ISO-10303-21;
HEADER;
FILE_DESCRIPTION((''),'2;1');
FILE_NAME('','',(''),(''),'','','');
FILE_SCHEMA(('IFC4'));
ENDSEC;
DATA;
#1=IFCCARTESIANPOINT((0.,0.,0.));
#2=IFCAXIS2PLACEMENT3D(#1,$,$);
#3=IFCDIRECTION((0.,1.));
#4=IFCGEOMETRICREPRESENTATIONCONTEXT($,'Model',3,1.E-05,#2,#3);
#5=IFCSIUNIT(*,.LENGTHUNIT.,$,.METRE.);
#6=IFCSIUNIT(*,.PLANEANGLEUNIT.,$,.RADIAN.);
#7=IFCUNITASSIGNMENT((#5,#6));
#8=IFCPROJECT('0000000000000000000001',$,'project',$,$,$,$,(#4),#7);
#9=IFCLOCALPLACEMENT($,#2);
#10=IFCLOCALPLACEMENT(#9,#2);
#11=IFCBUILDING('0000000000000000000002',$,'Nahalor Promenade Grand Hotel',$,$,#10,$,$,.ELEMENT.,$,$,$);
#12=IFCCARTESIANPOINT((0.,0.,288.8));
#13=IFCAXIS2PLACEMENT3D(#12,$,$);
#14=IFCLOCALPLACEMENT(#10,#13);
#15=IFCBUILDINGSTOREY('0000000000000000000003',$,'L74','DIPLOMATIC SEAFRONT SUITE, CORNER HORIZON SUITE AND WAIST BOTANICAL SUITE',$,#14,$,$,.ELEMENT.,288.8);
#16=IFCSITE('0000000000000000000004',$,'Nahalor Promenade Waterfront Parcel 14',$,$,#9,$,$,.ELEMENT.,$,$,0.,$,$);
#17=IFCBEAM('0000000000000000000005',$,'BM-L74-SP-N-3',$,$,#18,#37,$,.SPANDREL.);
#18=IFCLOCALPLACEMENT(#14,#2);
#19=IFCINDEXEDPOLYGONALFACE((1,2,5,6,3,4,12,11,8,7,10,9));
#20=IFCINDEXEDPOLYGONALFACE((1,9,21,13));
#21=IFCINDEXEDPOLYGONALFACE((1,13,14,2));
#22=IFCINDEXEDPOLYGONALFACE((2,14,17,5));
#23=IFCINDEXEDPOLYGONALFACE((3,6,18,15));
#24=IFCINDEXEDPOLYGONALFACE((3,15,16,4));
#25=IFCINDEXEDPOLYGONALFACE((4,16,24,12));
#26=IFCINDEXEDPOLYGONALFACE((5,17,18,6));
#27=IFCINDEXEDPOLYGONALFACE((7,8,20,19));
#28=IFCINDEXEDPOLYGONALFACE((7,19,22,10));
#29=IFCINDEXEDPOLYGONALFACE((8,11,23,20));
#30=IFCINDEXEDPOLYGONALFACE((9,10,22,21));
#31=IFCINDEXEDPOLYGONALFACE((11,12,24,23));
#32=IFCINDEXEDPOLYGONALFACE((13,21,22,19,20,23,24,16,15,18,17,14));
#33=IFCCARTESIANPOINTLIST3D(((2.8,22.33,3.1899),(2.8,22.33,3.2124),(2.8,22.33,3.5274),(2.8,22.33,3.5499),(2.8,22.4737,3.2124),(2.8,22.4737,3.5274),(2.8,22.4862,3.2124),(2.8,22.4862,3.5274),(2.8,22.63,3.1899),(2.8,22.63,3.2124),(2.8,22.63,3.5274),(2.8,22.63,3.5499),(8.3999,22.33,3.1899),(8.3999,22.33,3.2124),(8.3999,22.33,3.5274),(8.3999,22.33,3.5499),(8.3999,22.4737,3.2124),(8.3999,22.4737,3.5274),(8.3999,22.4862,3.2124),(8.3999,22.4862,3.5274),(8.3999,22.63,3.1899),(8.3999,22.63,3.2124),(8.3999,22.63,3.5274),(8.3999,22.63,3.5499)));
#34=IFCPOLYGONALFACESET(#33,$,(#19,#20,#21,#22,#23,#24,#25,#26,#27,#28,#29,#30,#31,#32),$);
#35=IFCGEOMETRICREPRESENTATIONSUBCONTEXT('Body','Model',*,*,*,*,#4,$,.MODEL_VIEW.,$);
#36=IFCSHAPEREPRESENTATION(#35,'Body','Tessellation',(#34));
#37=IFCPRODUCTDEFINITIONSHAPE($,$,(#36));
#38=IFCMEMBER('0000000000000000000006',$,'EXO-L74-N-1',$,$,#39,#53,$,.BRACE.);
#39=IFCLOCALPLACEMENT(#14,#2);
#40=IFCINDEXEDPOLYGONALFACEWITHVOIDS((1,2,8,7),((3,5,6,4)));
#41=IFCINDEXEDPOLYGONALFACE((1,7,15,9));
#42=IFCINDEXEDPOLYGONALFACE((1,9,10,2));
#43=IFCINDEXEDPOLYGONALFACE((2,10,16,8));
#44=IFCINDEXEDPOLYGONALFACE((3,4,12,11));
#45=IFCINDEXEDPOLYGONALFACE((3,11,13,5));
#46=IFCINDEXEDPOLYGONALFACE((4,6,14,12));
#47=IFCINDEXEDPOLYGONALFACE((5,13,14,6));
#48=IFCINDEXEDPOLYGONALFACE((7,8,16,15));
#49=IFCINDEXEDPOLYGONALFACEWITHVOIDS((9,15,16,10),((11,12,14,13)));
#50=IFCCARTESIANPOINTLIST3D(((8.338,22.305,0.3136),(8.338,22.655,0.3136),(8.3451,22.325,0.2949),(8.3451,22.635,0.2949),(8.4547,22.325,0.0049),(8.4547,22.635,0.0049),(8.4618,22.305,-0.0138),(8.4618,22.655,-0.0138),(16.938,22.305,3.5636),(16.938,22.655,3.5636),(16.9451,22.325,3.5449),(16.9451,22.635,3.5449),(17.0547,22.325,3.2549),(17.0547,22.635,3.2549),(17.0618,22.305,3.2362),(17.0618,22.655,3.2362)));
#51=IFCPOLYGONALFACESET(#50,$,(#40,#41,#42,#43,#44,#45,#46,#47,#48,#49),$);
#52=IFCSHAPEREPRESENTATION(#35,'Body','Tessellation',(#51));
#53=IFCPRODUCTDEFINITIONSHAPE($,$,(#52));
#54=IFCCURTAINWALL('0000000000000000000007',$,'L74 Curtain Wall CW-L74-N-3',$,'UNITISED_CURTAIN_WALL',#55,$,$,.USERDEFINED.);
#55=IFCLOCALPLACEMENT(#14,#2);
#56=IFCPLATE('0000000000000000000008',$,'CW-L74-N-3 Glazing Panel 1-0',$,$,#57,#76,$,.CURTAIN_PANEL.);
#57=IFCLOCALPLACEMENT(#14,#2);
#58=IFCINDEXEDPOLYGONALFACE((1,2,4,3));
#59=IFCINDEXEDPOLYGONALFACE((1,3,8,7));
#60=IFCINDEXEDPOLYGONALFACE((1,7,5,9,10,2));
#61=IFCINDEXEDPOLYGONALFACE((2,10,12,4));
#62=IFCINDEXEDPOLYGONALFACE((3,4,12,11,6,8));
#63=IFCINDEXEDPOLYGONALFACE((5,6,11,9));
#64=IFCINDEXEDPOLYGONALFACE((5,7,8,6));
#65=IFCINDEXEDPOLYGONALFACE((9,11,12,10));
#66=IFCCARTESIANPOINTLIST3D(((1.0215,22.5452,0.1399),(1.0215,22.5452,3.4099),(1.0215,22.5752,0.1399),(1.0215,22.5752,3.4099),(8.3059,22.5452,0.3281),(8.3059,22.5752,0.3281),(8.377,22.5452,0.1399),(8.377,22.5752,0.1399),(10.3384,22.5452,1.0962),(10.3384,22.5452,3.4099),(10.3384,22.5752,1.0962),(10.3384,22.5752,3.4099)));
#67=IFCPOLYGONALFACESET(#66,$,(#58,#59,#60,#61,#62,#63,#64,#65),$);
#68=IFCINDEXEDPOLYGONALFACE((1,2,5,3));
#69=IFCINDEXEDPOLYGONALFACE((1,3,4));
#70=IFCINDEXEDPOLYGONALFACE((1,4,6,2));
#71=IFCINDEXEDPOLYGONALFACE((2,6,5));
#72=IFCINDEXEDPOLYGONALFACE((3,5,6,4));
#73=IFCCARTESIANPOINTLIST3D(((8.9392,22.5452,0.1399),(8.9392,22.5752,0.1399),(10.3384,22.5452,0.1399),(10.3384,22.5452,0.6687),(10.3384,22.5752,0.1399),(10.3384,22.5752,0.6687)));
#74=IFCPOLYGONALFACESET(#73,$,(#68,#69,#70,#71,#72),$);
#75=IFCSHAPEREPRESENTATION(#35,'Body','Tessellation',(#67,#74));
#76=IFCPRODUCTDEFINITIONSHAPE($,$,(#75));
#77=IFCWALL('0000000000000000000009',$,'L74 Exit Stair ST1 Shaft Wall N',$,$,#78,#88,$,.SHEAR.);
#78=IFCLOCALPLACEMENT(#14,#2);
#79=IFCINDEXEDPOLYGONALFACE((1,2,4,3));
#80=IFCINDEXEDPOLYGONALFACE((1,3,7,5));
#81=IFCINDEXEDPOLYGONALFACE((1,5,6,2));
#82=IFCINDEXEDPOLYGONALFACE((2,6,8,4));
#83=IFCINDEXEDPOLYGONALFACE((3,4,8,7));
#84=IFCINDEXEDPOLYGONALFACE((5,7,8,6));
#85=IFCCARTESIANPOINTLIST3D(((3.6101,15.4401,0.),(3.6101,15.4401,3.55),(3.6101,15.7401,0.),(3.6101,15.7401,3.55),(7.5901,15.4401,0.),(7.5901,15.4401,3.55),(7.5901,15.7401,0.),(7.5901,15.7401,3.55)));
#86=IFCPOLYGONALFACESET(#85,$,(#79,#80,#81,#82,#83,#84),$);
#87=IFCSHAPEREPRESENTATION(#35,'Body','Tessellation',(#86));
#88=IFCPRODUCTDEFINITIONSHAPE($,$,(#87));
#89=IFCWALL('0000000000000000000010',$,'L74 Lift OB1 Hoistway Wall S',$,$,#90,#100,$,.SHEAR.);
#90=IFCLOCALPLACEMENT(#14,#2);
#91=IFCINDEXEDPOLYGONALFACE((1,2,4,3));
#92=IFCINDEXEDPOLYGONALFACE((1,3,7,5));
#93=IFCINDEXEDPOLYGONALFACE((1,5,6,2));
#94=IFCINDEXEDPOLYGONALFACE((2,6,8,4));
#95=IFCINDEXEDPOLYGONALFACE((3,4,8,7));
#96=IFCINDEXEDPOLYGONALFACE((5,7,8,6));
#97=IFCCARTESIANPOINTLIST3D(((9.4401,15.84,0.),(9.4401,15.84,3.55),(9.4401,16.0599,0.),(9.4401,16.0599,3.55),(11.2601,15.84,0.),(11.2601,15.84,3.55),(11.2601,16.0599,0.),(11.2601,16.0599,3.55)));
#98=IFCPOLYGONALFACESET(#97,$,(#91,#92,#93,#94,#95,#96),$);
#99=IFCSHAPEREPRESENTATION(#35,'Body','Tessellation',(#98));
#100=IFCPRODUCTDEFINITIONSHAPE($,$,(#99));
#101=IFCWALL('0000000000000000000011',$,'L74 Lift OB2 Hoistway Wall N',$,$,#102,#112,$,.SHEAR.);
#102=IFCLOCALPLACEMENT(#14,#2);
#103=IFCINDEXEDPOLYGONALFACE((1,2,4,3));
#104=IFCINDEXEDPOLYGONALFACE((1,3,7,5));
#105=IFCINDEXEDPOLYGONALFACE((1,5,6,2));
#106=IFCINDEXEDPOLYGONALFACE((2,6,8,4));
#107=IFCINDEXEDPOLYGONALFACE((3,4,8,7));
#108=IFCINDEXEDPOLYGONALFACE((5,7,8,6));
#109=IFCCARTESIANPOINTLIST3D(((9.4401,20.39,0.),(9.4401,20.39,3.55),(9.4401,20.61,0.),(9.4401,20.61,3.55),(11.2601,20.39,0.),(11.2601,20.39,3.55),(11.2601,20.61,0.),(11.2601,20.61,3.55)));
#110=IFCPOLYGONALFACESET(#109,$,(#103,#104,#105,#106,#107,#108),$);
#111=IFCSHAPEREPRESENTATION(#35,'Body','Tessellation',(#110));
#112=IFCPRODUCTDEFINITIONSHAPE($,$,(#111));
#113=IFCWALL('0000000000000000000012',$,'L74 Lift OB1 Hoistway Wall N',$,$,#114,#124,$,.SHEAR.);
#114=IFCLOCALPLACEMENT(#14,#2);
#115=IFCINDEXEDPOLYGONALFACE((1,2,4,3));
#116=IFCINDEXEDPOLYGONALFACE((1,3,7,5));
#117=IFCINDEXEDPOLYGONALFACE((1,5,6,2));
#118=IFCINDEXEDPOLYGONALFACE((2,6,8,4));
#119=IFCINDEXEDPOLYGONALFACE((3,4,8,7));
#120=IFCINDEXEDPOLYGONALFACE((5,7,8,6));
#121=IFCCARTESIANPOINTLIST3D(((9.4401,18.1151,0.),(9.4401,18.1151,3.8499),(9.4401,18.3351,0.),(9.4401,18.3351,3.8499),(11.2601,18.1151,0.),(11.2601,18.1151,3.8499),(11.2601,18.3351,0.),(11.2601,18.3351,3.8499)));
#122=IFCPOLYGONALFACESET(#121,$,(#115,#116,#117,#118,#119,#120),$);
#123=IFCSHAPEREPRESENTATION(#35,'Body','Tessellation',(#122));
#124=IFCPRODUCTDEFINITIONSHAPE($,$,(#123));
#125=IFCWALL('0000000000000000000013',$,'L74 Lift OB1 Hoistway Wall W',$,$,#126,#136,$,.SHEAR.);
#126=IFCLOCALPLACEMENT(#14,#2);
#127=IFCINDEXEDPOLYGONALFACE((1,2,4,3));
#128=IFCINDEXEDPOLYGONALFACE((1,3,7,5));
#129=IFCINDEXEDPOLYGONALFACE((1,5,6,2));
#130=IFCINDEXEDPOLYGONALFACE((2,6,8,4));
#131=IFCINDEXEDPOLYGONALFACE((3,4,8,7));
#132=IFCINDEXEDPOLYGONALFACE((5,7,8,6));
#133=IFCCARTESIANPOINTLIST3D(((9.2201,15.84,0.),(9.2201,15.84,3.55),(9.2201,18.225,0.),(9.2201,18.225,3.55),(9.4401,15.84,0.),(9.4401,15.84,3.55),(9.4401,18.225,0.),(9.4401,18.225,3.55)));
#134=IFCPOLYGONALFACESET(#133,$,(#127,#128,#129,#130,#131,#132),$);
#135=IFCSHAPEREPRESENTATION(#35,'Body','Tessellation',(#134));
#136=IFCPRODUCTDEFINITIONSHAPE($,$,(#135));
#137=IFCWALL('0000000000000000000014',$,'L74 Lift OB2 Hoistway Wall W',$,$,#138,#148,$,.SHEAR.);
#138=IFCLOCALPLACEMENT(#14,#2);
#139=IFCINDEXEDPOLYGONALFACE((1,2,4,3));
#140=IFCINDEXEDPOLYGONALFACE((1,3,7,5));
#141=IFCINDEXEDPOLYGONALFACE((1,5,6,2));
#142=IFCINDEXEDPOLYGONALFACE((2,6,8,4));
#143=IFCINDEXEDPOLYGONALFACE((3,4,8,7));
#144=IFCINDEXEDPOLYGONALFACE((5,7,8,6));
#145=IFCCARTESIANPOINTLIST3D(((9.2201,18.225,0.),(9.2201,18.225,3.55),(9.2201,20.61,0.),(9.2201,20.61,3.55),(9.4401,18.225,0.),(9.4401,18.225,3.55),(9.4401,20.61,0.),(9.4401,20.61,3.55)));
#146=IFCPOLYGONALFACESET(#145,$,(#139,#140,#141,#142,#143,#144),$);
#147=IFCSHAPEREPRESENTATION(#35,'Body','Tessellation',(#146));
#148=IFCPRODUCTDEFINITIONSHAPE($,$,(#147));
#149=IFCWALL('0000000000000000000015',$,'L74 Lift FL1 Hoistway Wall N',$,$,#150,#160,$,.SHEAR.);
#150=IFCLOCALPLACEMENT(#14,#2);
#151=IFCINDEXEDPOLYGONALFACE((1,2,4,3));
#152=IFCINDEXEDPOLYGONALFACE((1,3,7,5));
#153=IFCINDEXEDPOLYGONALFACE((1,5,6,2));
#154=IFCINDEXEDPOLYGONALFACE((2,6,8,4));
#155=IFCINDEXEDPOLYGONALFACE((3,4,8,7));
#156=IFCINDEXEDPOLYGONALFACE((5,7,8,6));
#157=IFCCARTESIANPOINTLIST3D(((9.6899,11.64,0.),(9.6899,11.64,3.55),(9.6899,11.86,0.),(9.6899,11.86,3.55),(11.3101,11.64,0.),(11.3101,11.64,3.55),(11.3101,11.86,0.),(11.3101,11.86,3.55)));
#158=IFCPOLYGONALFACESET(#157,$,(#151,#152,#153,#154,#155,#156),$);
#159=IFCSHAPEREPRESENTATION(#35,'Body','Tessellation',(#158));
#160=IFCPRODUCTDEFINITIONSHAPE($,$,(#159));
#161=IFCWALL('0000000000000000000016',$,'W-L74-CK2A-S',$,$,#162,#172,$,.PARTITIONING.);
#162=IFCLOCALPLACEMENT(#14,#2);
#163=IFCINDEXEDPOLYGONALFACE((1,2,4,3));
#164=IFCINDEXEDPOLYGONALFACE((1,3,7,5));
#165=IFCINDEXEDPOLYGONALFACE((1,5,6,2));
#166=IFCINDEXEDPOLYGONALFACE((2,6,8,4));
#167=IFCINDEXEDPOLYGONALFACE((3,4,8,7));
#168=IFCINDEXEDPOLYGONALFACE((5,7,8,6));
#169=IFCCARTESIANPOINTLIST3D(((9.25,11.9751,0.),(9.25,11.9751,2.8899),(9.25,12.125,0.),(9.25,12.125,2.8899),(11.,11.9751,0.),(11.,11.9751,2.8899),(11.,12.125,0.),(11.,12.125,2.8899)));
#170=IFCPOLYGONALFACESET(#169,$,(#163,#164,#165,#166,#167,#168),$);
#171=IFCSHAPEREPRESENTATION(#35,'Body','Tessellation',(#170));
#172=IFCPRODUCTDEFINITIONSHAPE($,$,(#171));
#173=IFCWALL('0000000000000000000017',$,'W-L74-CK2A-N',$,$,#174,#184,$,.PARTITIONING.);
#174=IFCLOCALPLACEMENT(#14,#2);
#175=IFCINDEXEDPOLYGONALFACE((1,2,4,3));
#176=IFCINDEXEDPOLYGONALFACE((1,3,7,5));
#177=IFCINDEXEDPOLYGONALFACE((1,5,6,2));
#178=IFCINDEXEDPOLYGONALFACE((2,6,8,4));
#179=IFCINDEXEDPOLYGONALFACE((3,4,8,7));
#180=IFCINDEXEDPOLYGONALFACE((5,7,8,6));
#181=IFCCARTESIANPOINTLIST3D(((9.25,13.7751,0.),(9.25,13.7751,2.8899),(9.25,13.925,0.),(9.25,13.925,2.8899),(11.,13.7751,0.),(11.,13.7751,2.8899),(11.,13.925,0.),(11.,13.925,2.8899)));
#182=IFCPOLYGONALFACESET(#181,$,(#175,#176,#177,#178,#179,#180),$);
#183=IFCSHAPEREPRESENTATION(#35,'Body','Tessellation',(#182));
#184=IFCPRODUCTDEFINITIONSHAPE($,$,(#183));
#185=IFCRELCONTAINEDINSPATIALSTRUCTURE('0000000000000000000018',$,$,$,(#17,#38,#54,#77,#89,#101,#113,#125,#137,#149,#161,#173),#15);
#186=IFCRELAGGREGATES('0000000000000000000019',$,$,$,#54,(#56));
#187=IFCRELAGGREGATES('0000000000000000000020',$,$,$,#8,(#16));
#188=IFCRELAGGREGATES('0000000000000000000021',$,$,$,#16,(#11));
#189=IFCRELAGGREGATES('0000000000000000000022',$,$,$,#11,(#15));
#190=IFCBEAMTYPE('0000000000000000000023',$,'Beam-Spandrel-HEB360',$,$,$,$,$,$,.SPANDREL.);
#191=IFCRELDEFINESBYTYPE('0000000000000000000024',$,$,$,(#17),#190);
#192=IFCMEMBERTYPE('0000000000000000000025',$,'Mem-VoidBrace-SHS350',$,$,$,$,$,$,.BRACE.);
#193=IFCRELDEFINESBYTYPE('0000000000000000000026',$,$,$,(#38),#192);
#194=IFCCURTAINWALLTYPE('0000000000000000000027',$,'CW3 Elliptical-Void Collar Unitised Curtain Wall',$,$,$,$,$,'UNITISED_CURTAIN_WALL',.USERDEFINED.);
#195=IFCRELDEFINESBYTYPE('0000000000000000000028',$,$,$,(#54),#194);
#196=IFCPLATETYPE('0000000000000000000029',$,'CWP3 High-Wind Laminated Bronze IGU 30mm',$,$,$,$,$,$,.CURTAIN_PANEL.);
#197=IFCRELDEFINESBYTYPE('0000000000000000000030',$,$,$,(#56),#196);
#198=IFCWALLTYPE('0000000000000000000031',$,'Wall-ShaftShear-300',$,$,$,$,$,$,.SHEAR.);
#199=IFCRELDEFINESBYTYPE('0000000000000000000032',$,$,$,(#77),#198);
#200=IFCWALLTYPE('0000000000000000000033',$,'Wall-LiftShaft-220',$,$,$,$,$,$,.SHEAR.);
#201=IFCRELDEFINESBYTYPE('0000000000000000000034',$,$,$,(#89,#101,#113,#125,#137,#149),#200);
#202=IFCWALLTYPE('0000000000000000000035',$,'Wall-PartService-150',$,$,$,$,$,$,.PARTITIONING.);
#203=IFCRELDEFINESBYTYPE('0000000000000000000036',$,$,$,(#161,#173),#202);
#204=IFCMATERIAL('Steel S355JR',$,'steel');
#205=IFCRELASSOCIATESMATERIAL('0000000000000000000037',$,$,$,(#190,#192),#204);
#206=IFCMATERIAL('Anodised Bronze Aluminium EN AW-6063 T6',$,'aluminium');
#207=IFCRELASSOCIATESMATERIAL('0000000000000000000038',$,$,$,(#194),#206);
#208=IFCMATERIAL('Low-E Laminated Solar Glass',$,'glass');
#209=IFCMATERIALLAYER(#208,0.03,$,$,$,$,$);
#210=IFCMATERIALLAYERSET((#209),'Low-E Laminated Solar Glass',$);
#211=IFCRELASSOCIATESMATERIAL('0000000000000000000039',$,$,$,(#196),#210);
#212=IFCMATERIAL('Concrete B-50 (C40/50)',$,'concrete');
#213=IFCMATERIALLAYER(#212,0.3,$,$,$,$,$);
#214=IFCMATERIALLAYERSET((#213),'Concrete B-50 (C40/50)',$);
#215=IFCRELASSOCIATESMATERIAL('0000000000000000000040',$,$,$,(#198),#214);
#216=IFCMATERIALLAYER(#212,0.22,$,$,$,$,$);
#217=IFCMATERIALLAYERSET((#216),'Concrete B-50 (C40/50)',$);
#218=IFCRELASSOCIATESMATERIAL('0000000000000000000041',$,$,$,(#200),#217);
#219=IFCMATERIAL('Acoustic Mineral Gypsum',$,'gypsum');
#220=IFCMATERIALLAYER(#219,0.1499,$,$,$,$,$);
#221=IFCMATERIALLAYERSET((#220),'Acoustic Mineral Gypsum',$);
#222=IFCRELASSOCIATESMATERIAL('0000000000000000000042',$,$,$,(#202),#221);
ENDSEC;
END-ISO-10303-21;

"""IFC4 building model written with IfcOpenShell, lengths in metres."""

from ifc_helpers import new_model, si_unit, direction, frame, frame_2d, origin, origin_2d, place, context, subcontext, project, spatial, polyline, rectangle, hollow_rectangle, i_section, outline, extrude, source, transform, mapped, material, layer, layer_set, material_profile, profile_set, type_object, element, aggregate, save


model = new_model("IFC4")

# Units and contexts
model_context = context("Model", 3, precision=1e-05, world=origin(), true_north=direction((0.0, 1.0)))
body_context = subcontext(model_context, "Body", "Model", "MODEL_VIEW")
ifc_project = project(units=[si_unit("LENGTHUNIT", "METRE"), si_unit("PLANEANGLEUNIT", "RADIAN")], contexts=[model_context])

# Site, building, storey
site_placement = place(None, origin())
site = spatial("IfcSite", under=ifc_project, at=site_placement, Name="Nahalor Promenade Waterfront Parcel 14", CompositionType="ELEMENT", RefElevation=0.0)
building_placement = place(site_placement, origin())
building = spatial("IfcBuilding", under=site, at=building_placement, Name="Nahalor Promenade Grand Hotel", CompositionType="ELEMENT")
storey_placement = place(building_placement, frame((0.0, 0.0, 288.8)))
storey = spatial("IfcBuildingStorey", under=building, at=storey_placement, Name="L74", Description="DIPLOMATIC SEAFRONT SUITE, CORNER HORIZON SUITE AND WAIST BOTANICAL SUITE", CompositionType="ELEMENT", Elevation=288.8)

# Shared definitions
ifc_material_1 = material(Name="Concrete B-50 (C40/50)", Category="concrete")
ifc_material_2 = material(Name="Steel S355JR", Category="steel")

# Beam
ifc_material_profile_1 = material_profile(ifc_material_2, i_section(OverallWidth=0.3, OverallDepth=0.36, WebThickness=0.0125, FlangeThickness=0.0225, at=origin_2d()), Name="HEB 360")
ifc_profile_set_1 = profile_set([ifc_material_profile_1], Name="Steel S355JR")
beam_type_1 = type_object("IfcBeamType", Name="Beam-Spandrel-HEB360", PredefinedType="SPANDREL", material=ifc_profile_set_1)
shared_shape_1 = source(origin(), body_context, "Body", "SweptSolid", [
    extrude(i_section(OverallWidth=0.3, OverallDepth=0.36, WebThickness=0.0125, FlangeThickness=0.0225, at=origin_2d()), origin(), (0.0, 0.0, 1.0), 5.5999),
])
beam_1_placement = place(storey_placement, frame((2.8, 22.48, 3.3699), z_axis=(1.0, 0.0, 0.0), x_axis=(0.0, 1.0, 0.0)))
element("IfcBeam", 1, at=beam_1_placement, inside=storey, type_object=beam_type_1, Name="BM-L74-SP-N-3", PredefinedType="SPANDREL", context=body_context, shape_type="MappedRepresentation", body=[
    mapped(shared_shape_1, transform((0.0, 0.0, 0.0), scale=1.0)),
])

# Member
ifc_material_profile_2 = material_profile(ifc_material_2, hollow_rectangle(XDim=0.35, YDim=0.35, WallThickness=0.02, at=origin_2d()), Name="SHS 350x350x20")
ifc_profile_set_2 = profile_set([ifc_material_profile_2], Name="Steel S355JR")
member_type = type_object("IfcMemberType", Name="Mem-VoidBrace-SHS350", PredefinedType="BRACE", material=ifc_profile_set_2)
shared_shape_2 = source(origin(), body_context, "Body", "SweptSolid", [
    extrude(hollow_rectangle(XDim=0.35, YDim=0.35, WallThickness=0.02, at=origin_2d()), origin(), (0.0, 0.0, 1.0), 9.1936),
])
member_placement = place(storey_placement, frame((8.3999, 22.48, 0.1499), z_axis=(0.935433, 0.0, 0.353503), x_axis=(0.0, 1.0, 0.0)))
element("IfcMember", 2, at=member_placement, inside=storey, type_object=member_type, Name="EXO-L74-N-1", PredefinedType="BRACE", context=body_context, shape_type="MappedRepresentation", body=[
    mapped(shared_shape_2, transform((0.0, 0.0, 0.0), scale=1.0)),
])

# Curtain wall, plate
ifc_material_3 = material(Name="Anodised Bronze Aluminium EN AW-6063 T6", Category="aluminium")
curtain_wall_type = type_object("IfcCurtainWallType", Name="CW3 Elliptical-Void Collar Unitised Curtain Wall", ElementType="UNITISED_CURTAIN_WALL", PredefinedType="USERDEFINED", material=ifc_material_3)
curtain_wall_placement = place(storey_placement, origin())
curtain_wall = element("IfcCurtainWall", 3, at=curtain_wall_placement, inside=storey, type_object=curtain_wall_type, Name="L74 Curtain Wall CW-L74-N-3", ObjectType="UNITISED_CURTAIN_WALL", PredefinedType="USERDEFINED")
ifc_material_4 = material(Name="Low-E Laminated Solar Glass", Category="glass")
ifc_layer_1 = layer(ifc_material_4, 0.03)
ifc_layer_set_1 = layer_set([ifc_layer_1], Name="Low-E Laminated Solar Glass")
plate_type = type_object("IfcPlateType", Name="CWP3 High-Wind Laminated Bronze IGU 30mm", PredefinedType="CURTAIN_PANEL", material=ifc_layer_set_1)
plate_placement = place(storey_placement, frame((5.6799, 22.5601, 0.1399), z_axis=(0.0, 0.0, 1.0), x_axis=(1.0, 0.0, 0.0)))
plate = element("IfcPlate", 4, at=plate_placement, type_object=plate_type, Name="CW-L74-N-3 Glazing Panel 1-0", PredefinedType="CURTAIN_PANEL", context=body_context, shape_type="SweptSolid", body=[
    extrude(outline(polyline([(-4.6584, 3.27), (-4.6584, 0.0), (2.697, 0.0), (2.626, 0.1882), (4.6584, 0.9563), (4.6584, 3.27), (-4.6584, 3.27)])), frame((0.0, 0.0151, 0.0), z_axis=(0.0, -1.0, 0.0), x_axis=(1.0, 0.0, 0.0)), (0.0, 0.0, 1.0), 0.03),
    extrude(outline(polyline([(3.2593, 0.0), (4.6584, 0.0), (4.6584, 0.5288), (3.2593, 0.0)])), frame((0.0, 0.0151, 0.0), z_axis=(0.0, -1.0, 0.0), x_axis=(1.0, 0.0, 0.0)), (0.0, 0.0, 1.0), 0.03),
])
aggregate(curtain_wall, [plate])

# Walls
ifc_layer_2 = layer(ifc_material_1, 0.3)
ifc_layer_set_2 = layer_set([ifc_layer_2], Name="Concrete B-50 (C40/50)")
wall_type_1 = type_object("IfcWallType", Name="Wall-ShaftShear-300", PredefinedType="SHEAR", material=ifc_layer_set_2)
shared_shape_3 = source(origin(), body_context, "Body", "SweptSolid", [
    extrude(rectangle(XDim=3.98, YDim=0.3, at=frame_2d((1.99, 0.0))), origin(), (0.0, 0.0, 1.0), 3.55),
])
wall_1_placement = place(storey_placement, frame((3.6101, 15.5901, 0.0), z_axis=(0.0, 0.0, 1.0), x_axis=(1.0, 0.0, 0.0)))
element("IfcWall", 5, at=wall_1_placement, inside=storey, type_object=wall_type_1, Name="L74 Exit Stair ST1 Shaft Wall N", PredefinedType="SHEAR", context=body_context, shape_type="MappedRepresentation", body=[
    mapped(shared_shape_3, transform((0.0, 0.0, 0.0), scale=1.0)),
])
ifc_layer_3 = layer(ifc_material_1, 0.22)
ifc_layer_set_3 = layer_set([ifc_layer_3], Name="Concrete B-50 (C40/50)")
wall_type_2 = type_object("IfcWallType", Name="Wall-LiftShaft-220", PredefinedType="SHEAR", material=ifc_layer_set_3)
shared_shape_4 = source(origin(), body_context, "Body", "SweptSolid", [
    extrude(rectangle(XDim=1.8201, YDim=0.22, at=frame_2d((0.9102, 0.0))), origin(), (0.0, 0.0, 1.0), 3.55),
])
for number, where, z_axis, x_axis, name in (
    (6, (9.4399, 15.95, 0.0), (0.0, 0.0, 1.0), (1.0, 0.0, 0.0), "L74 Lift OB1 Hoistway Wall S"),
    (7, (9.4399, 20.5, 0.0), (0.0, 0.0, 1.0), (1.0, 0.0, 0.0), "L74 Lift OB2 Hoistway Wall N"),
):
    element("IfcWall", number, at=place(storey_placement, frame(where, z_axis=z_axis, x_axis=x_axis)), inside=storey, type_object=wall_type_2, Name=name, PredefinedType="SHEAR", context=body_context, shape_type="MappedRepresentation", body=[
        mapped(shared_shape_4, transform((0.0, 0.0, 0.0), scale=1.0)),
    ])
shared_shape_5 = source(origin(), body_context, "Body", "SweptSolid", [
    extrude(rectangle(XDim=1.8201, YDim=0.22, at=frame_2d((0.9102, 0.0))), origin(), (0.0, 0.0, 1.0), 3.8499),
])
wall_2_placement = place(storey_placement, frame((9.4399, 18.2251, 0.0), z_axis=(0.0, 0.0, 1.0), x_axis=(1.0, 0.0, 0.0)))
element("IfcWall", 8, at=wall_2_placement, inside=storey, type_object=wall_type_2, Name="L74 Lift OB1 Hoistway Wall N", PredefinedType="SHEAR", context=body_context, shape_type="MappedRepresentation", body=[
    mapped(shared_shape_5, transform((0.0, 0.0, 0.0), scale=1.0)),
])
shared_shape_6 = source(origin(), body_context, "Body", "SweptSolid", [
    extrude(rectangle(XDim=2.385, YDim=0.22, at=frame_2d((1.1924, 0.0))), origin(), (0.0, 0.0, 1.0), 3.55),
])
for number, where, z_axis, x_axis, name in (
    (9, (9.3301, 15.8401, 0.0), (0.0, 0.0, 1.0), (0.0, 1.0, 0.0), "L74 Lift OB1 Hoistway Wall W"),
    (10, (9.3301, 18.2251, 0.0), (0.0, 0.0, 1.0), (0.0, 1.0, 0.0), "L74 Lift OB2 Hoistway Wall W"),
):
    element("IfcWall", number, at=place(storey_placement, frame(where, z_axis=z_axis, x_axis=x_axis)), inside=storey, type_object=wall_type_2, Name=name, PredefinedType="SHEAR", context=body_context, shape_type="MappedRepresentation", body=[
        mapped(shared_shape_6, transform((0.0, 0.0, 0.0), scale=1.0)),
    ])
shared_shape_7 = source(origin(), body_context, "Body", "SweptSolid", [
    extrude(rectangle(XDim=1.6201, YDim=0.22, at=frame_2d((0.8101, 0.0))), origin(), (0.0, 0.0, 1.0), 3.55),
])
wall_3_placement = place(storey_placement, frame((9.6899, 11.75, 0.0), z_axis=(0.0, 0.0, 1.0), x_axis=(1.0, 0.0, 0.0)))
element("IfcWall", 11, at=wall_3_placement, inside=storey, type_object=wall_type_2, Name="L74 Lift FL1 Hoistway Wall N", PredefinedType="SHEAR", context=body_context, shape_type="MappedRepresentation", body=[
    mapped(shared_shape_7, transform((0.0, 0.0, 0.0), scale=1.0)),
])
ifc_material_5 = material(Name="Acoustic Mineral Gypsum", Category="gypsum")
ifc_layer_4 = layer(ifc_material_5, 0.1499)
ifc_layer_set_4 = layer_set([ifc_layer_4], Name="Acoustic Mineral Gypsum")
wall_type_3 = type_object("IfcWallType", Name="Wall-PartService-150", PredefinedType="PARTITIONING", material=ifc_layer_set_4)
shared_shape_8 = source(origin(), body_context, "Body", "SweptSolid", [
    extrude(rectangle(XDim=1.75, YDim=0.1499, at=frame_2d((0.875, 0.0))), origin(), (0.0, 0.0, 1.0), 2.8899),
])
for number, where, z_axis, x_axis, name in (
    (12, (9.25, 12.05, 0.0), (0.0, 0.0, 1.0), (1.0, 0.0, 0.0), "W-L74-CK2A-S"),
    (13, (9.25, 13.8501, 0.0), (0.0, 0.0, 1.0), (1.0, 0.0, 0.0), "W-L74-CK2A-N"),
):
    element("IfcWall", number, at=place(storey_placement, frame(where, z_axis=z_axis, x_axis=x_axis)), inside=storey, type_object=wall_type_3, Name=name, PredefinedType="PARTITIONING", context=body_context, shape_type="MappedRepresentation", body=[
        mapped(shared_shape_8, transform((0.0, 0.0, 0.0), scale=1.0)),
    ])

save(model, "model.ifc")
